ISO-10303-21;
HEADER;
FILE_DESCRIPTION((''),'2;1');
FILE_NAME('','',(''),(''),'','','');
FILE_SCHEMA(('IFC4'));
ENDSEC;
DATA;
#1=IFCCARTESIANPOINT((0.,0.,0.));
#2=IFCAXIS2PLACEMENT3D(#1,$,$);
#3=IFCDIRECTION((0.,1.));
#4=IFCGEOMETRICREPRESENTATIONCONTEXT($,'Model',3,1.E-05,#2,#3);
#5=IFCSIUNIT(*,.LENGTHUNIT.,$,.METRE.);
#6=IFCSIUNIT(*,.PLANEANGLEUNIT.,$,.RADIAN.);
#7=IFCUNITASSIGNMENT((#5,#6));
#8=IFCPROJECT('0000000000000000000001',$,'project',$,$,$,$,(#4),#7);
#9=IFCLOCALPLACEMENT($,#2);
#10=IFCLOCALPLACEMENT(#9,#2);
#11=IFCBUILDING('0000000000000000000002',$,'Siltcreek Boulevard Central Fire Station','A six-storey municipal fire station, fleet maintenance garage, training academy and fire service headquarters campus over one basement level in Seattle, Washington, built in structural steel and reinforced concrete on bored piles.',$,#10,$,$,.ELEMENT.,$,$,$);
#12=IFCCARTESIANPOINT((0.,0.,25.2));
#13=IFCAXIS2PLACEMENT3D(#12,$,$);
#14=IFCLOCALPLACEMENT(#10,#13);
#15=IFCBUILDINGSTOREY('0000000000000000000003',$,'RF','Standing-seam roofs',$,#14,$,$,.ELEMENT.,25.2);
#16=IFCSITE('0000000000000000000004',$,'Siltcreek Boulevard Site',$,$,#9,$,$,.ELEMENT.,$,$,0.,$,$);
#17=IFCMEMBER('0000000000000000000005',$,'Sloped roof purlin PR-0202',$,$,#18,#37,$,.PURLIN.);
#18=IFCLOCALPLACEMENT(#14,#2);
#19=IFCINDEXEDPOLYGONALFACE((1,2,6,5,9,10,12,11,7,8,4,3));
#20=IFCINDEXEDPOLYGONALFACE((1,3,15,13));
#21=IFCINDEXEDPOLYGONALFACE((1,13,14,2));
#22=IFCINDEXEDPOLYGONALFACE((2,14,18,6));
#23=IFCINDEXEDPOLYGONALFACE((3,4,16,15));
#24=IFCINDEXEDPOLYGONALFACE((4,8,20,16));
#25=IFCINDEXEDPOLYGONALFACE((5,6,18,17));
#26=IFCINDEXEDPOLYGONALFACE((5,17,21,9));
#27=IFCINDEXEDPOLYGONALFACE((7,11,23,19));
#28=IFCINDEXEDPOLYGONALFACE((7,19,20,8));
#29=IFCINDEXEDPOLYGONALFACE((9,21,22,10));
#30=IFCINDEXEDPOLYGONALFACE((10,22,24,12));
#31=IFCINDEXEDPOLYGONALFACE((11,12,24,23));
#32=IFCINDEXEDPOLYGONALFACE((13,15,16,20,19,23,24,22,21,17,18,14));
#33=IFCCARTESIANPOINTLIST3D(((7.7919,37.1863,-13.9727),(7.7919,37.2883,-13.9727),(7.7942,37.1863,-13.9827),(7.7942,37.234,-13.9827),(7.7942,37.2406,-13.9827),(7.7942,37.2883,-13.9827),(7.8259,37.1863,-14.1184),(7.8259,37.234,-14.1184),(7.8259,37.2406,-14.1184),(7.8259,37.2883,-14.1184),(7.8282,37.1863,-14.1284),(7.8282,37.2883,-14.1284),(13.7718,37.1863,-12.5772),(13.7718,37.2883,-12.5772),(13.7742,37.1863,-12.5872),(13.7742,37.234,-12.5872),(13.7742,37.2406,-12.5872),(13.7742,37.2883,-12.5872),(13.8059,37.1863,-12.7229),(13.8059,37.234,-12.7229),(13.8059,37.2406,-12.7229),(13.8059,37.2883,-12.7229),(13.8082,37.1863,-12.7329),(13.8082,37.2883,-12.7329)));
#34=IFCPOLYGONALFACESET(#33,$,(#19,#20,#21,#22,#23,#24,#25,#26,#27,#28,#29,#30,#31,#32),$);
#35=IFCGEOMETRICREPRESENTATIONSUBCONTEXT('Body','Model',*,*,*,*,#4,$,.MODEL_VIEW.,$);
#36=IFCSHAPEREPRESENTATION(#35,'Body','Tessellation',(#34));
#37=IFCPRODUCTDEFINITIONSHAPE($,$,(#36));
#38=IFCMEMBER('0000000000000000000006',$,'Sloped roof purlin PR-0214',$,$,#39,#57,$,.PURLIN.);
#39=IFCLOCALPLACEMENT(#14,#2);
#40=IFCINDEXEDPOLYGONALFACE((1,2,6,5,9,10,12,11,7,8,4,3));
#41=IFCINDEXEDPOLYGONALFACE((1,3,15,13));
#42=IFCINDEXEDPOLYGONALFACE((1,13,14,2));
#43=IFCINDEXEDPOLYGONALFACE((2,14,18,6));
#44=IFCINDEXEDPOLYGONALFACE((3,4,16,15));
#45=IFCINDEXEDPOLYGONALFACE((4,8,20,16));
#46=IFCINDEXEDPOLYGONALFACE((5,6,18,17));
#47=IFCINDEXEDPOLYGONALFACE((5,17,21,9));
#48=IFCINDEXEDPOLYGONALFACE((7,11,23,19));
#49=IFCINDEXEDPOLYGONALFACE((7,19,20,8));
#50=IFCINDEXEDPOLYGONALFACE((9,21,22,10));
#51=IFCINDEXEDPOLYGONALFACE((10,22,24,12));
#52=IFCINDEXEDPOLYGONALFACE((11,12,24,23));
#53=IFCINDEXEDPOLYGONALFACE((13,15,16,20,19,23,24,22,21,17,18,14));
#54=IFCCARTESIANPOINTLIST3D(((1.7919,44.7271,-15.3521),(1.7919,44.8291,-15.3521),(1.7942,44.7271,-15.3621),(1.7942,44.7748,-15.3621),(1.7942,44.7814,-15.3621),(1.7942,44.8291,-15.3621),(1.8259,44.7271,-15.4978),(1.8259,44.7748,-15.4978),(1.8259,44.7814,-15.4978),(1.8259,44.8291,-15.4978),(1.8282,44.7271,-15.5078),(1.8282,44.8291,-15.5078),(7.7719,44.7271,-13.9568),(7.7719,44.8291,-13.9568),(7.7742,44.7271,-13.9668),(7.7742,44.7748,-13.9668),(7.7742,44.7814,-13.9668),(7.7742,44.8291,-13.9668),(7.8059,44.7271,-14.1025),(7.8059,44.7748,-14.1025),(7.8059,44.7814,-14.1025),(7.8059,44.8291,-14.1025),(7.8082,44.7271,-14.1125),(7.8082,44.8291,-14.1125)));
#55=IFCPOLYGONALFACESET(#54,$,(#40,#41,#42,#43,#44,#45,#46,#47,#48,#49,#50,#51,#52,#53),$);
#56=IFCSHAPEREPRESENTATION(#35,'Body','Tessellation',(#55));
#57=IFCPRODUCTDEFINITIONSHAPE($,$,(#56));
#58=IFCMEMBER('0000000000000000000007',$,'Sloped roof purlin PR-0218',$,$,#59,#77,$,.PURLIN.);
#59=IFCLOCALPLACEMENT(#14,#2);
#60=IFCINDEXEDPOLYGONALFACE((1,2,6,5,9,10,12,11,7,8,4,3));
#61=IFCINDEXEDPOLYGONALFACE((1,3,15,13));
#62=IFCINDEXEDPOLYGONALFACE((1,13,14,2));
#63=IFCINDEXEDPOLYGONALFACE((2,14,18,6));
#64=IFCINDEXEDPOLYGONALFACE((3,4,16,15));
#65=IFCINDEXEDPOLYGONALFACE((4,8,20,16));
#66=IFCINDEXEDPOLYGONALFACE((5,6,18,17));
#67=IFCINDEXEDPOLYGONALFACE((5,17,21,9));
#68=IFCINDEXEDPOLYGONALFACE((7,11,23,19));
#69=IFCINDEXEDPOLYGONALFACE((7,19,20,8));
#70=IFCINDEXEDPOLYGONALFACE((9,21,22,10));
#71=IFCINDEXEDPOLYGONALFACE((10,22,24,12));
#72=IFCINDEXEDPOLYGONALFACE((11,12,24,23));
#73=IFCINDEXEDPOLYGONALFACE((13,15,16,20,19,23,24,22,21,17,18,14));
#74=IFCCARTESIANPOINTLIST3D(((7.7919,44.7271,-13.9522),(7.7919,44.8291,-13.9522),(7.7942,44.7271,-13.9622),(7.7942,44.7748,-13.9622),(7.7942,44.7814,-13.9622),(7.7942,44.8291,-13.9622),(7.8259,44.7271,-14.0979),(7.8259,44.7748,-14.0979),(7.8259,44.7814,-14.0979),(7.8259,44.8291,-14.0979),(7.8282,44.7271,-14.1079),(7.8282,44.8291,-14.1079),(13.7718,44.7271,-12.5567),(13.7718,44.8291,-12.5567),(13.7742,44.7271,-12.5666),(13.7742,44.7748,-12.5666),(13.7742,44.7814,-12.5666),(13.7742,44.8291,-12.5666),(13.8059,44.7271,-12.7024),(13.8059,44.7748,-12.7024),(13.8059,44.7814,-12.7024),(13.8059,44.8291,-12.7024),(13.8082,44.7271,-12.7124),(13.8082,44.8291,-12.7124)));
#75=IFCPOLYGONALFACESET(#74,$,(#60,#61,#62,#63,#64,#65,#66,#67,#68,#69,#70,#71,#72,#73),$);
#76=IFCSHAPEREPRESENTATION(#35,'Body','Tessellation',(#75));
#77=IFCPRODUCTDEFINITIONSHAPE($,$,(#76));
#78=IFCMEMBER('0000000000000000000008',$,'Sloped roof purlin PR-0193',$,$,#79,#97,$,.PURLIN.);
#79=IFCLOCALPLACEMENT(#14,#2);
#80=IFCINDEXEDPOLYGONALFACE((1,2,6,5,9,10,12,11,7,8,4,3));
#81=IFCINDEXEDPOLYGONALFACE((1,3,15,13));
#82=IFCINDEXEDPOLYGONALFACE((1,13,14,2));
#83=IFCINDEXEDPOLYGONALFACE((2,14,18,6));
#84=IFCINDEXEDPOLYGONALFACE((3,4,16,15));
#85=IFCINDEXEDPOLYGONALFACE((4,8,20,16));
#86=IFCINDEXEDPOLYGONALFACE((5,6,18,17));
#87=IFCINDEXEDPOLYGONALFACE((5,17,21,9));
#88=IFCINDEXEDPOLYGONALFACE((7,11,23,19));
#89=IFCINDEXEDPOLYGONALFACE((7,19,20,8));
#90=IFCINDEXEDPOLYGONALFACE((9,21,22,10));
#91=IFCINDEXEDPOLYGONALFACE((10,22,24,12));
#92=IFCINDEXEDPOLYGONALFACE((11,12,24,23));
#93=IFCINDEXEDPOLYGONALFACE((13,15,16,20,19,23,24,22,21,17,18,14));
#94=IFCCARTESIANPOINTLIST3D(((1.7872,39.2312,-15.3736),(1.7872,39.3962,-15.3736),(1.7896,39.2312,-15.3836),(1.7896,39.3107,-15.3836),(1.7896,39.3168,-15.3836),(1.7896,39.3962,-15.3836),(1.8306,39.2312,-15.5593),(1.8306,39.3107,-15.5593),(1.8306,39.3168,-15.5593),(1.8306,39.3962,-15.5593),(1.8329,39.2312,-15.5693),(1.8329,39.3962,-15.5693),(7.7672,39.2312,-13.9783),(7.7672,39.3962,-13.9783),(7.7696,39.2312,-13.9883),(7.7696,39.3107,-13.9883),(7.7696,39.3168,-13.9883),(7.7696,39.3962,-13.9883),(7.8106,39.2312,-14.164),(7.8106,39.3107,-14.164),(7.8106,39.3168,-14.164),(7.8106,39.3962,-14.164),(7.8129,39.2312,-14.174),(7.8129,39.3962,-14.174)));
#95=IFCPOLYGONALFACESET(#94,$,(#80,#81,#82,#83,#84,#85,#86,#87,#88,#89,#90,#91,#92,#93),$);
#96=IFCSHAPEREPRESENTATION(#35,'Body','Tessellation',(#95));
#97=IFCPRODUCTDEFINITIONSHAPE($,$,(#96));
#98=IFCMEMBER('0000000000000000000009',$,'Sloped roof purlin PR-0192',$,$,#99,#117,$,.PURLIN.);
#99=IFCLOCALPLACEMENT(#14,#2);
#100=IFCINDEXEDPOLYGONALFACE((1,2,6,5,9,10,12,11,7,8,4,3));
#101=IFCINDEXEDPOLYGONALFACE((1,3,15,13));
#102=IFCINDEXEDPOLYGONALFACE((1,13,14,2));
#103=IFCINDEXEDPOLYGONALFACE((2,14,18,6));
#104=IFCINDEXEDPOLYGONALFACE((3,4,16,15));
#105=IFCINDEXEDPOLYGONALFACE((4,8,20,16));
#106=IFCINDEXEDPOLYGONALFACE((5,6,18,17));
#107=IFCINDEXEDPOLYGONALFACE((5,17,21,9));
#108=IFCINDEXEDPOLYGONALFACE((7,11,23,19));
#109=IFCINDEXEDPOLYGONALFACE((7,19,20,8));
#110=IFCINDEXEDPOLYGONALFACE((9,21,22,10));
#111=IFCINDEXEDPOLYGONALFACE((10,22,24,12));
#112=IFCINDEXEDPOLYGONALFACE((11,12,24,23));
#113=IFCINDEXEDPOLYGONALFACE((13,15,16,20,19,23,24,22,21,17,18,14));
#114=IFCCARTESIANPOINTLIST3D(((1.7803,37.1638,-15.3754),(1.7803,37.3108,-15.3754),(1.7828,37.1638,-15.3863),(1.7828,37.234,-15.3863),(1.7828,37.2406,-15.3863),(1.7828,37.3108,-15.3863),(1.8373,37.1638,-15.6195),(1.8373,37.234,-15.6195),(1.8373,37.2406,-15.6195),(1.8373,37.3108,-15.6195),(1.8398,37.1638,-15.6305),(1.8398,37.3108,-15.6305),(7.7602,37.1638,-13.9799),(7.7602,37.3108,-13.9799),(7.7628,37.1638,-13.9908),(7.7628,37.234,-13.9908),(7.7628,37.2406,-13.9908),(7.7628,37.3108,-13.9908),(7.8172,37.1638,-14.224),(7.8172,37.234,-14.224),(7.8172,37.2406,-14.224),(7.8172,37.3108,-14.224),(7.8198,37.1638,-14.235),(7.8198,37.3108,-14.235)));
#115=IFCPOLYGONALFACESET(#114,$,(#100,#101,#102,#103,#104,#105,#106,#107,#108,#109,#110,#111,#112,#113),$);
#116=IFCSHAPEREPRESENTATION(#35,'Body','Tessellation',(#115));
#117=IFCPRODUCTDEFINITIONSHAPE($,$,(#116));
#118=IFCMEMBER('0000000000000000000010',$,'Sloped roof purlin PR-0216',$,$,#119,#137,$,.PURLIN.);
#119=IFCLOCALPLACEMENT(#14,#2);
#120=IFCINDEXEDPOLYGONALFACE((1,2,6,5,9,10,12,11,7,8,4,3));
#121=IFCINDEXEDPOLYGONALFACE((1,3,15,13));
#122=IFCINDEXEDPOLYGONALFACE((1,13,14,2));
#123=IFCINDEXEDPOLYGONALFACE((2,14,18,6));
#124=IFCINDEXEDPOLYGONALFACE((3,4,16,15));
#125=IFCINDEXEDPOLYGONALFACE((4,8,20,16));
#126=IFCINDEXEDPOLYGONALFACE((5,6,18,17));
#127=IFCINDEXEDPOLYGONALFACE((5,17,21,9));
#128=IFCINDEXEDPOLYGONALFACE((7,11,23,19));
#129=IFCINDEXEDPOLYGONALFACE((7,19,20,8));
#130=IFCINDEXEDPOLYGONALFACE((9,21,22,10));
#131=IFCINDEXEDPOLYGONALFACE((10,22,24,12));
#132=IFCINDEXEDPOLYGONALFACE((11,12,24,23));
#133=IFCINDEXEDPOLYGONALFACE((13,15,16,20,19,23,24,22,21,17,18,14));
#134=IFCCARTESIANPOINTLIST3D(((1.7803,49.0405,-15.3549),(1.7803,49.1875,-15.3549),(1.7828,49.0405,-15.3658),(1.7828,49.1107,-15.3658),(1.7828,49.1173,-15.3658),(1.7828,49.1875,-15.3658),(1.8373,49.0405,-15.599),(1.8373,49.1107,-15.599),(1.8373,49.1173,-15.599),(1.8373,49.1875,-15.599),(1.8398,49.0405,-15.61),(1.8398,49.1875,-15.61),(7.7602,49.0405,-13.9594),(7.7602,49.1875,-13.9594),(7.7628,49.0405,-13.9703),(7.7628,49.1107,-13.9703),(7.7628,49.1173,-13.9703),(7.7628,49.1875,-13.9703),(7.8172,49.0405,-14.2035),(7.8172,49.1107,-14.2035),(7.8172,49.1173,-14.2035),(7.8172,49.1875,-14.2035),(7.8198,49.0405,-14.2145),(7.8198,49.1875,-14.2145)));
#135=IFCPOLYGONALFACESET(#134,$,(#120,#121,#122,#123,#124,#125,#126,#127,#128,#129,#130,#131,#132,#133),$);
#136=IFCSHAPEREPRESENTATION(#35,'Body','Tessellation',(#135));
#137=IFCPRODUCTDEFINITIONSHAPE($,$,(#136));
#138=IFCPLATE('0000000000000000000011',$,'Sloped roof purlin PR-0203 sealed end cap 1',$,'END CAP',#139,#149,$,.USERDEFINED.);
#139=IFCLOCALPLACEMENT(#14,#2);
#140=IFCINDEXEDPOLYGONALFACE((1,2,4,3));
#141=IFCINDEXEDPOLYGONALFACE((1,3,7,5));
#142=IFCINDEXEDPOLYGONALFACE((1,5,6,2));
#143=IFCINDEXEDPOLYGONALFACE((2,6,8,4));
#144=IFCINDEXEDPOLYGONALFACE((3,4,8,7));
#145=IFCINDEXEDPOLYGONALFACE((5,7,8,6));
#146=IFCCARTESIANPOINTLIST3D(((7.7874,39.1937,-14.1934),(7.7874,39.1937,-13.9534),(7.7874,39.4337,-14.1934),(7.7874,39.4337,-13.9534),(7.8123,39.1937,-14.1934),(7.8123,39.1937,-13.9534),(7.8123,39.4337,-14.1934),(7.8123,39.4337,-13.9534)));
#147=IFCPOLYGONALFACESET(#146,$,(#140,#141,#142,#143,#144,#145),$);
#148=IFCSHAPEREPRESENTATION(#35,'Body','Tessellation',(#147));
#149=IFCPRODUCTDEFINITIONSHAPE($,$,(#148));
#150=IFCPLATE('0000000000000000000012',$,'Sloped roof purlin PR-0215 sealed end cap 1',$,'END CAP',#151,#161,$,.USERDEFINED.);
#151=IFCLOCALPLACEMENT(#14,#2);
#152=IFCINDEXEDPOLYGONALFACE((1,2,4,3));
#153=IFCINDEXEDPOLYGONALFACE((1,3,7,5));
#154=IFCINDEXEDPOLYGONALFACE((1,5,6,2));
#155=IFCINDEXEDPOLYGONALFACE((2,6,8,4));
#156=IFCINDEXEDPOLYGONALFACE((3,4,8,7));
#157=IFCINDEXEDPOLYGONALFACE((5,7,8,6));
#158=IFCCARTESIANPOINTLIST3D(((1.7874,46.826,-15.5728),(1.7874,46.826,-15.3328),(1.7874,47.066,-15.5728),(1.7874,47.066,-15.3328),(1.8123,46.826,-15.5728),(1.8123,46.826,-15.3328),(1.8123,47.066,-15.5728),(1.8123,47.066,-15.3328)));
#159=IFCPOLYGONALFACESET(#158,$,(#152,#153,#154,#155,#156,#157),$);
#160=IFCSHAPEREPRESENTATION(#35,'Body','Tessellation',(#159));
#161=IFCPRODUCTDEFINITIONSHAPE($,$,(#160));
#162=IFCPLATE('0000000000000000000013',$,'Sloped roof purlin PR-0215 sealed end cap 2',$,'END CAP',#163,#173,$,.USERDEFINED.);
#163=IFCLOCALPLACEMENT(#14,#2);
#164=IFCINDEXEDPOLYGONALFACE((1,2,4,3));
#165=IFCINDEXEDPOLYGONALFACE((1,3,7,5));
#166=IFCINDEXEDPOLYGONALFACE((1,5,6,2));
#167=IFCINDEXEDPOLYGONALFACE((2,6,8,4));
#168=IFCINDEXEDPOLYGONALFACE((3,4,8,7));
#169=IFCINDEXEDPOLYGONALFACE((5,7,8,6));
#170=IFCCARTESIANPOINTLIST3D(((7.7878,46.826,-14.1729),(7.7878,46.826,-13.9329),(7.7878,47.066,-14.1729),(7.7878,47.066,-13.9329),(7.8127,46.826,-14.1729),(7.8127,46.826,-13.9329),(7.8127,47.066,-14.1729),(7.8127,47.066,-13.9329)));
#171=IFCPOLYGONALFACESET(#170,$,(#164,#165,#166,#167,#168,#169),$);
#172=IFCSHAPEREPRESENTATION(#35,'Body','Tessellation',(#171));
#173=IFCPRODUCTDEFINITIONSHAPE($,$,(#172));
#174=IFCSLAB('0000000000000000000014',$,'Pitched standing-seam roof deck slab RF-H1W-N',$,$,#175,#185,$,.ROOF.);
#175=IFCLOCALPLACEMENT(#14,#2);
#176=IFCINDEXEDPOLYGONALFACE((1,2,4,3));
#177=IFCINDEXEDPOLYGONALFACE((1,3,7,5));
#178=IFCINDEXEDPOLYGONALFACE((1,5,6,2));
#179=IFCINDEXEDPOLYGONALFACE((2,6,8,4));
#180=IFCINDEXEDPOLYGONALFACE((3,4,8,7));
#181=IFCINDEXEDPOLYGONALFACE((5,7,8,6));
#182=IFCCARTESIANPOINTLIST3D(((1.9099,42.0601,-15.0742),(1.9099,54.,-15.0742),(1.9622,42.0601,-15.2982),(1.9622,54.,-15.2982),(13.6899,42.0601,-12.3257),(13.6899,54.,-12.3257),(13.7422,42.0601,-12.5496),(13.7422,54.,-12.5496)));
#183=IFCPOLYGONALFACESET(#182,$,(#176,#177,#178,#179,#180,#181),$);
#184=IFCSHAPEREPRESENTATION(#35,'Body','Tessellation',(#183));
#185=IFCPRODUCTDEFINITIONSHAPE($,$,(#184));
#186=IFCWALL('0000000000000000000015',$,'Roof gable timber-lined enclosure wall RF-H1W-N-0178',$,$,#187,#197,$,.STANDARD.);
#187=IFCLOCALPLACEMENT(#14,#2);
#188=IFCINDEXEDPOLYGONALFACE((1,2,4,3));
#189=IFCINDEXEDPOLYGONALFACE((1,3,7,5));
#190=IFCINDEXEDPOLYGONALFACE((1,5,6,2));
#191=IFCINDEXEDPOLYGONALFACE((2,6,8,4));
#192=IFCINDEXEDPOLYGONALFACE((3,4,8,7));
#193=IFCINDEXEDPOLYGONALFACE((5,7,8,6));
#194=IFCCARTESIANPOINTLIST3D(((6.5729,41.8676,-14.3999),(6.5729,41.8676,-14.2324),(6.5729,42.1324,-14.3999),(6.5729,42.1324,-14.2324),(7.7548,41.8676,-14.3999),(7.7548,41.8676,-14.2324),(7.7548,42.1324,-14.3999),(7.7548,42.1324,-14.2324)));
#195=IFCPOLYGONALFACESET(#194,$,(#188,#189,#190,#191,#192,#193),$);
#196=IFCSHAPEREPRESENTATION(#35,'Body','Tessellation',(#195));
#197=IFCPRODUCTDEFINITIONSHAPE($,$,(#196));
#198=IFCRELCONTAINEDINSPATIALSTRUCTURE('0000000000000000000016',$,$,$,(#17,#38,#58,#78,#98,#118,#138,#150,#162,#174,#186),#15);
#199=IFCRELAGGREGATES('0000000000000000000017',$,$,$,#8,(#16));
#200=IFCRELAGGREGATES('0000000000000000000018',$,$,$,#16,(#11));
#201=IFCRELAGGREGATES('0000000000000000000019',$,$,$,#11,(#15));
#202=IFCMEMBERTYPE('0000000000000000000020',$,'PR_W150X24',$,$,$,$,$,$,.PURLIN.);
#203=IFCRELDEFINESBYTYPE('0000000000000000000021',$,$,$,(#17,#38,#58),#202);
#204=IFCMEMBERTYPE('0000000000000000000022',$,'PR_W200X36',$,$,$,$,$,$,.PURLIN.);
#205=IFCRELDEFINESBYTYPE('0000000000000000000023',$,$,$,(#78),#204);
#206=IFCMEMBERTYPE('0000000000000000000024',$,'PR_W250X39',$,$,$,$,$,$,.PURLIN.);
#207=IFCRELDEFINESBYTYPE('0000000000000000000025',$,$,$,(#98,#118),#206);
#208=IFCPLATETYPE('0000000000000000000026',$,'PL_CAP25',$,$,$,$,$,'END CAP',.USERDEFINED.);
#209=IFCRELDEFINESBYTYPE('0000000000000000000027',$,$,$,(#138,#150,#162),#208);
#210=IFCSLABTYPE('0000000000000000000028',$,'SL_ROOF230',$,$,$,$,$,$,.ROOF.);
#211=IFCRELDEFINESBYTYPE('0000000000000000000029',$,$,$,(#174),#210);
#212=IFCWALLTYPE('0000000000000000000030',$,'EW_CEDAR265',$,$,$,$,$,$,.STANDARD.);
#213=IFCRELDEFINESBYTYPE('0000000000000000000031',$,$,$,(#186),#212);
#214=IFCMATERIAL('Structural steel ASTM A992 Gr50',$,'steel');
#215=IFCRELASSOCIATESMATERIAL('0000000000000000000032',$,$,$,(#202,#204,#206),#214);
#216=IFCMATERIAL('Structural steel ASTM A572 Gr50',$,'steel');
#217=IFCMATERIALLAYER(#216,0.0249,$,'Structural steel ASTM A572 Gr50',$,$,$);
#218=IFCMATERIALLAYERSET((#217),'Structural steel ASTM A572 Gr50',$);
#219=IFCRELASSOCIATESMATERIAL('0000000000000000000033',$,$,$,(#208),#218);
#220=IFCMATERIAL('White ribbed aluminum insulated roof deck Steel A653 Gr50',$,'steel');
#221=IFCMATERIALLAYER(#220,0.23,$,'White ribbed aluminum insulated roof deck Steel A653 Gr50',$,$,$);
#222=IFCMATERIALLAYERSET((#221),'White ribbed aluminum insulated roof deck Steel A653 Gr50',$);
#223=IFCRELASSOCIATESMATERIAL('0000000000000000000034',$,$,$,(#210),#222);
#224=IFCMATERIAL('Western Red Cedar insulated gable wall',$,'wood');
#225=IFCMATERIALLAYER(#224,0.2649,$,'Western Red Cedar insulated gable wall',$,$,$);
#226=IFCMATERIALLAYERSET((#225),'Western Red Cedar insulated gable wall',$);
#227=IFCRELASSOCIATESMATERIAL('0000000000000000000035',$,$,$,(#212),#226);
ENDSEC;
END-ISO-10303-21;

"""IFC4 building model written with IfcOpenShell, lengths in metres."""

from ifc_helpers import new_model, si_unit, direction, frame, frame_2d, origin, origin_2d, place, context, subcontext, project, spatial, polyline, rectangle, i_section, outline, extrude, material, layer, layer_set, material_profile, profile_set, type_object, element, save


model = new_model("IFC4")

# Units and contexts
model_context = context("Model", 3, precision=1e-05, world=origin(), true_north=direction((0.0, 1.0)))
body_context = subcontext(model_context, "Body", "Model", "MODEL_VIEW")
ifc_project = project(units=[si_unit("LENGTHUNIT", "METRE"), si_unit("PLANEANGLEUNIT", "RADIAN")], contexts=[model_context])

# Site, building, storey
site_placement = place(None, origin())
site = spatial("IfcSite", under=ifc_project, at=site_placement, Name="Siltcreek Boulevard Site", CompositionType="ELEMENT", RefElevation=0.0)
building_placement = place(site_placement, origin())
building = spatial("IfcBuilding", under=site, at=building_placement, Name="Siltcreek Boulevard Central Fire Station", Description="A six-storey municipal fire station, fleet maintenance garage, training academy and fire service headquarters campus over one basement level in Seattle, Washington, built in structural steel and reinforced concrete on bored piles.", CompositionType="ELEMENT")
storey_placement = place(building_placement, frame((0.0, 0.0, 25.2)))
storey = spatial("IfcBuildingStorey", under=building, at=storey_placement, Name="RF", Description="Standing-seam roofs", CompositionType="ELEMENT", Elevation=25.2)

# Shared definitions
ifc_material_1 = material(Name="Structural steel ASTM A992 Gr50", Category="steel")

# Members
ifc_material_profile_1 = material_profile(ifc_material_1, i_section(OverallWidth=0.1021, OverallDepth=0.1599, WebThickness=0.0066, FlangeThickness=0.0103, at=origin_2d()), Name="W150X24")
ifc_profile_set_1 = profile_set([ifc_material_profile_1], Name="Structural steel ASTM A992 Gr50")
member_type_1 = type_object("IfcMemberType", Name="PR_W150X24", PredefinedType="PURLIN", material=ifc_profile_set_1)
for number, where, z_axis, x_axis, name in (
    (1, (7.8101, 37.2373, -14.0505), (0.973835, 0.0, 0.227257), (0.0, 1.0, 0.0), "Sloped roof purlin PR-0202"),
    (2, (1.8101, 44.7781, -15.4299), (0.973844, 0.0, 0.22722), (0.0, 1.0, 0.0), "Sloped roof purlin PR-0214"),
    (3, (7.8101, 44.7781, -14.03), (0.973835, 0.0, 0.227257), (0.0, 1.0, 0.0), "Sloped roof purlin PR-0218"),
):
    element("IfcMember", number, at=place(storey_placement, frame(where, z_axis=z_axis, x_axis=x_axis)), inside=storey, type_object=member_type_1, Name=name, PredefinedType="PURLIN", context=body_context, shape_type="SweptSolid", body=[
        extrude(i_section(OverallWidth=0.1021, OverallDepth=0.1599, WebThickness=0.0066, FlangeThickness=0.0103, at=origin_2d()), origin(), (0.0, 0.0, 1.0), 6.1406),
    ])
ifc_material_profile_2 = material_profile(ifc_material_1, i_section(OverallWidth=0.165, OverallDepth=0.2009, WebThickness=0.0061, FlangeThickness=0.0103, at=origin_2d()), Name="W200X36")
ifc_profile_set_2 = profile_set([ifc_material_profile_2], Name="Structural steel ASTM A992 Gr50")
member_type_2 = type_object("IfcMemberType", Name="PR_W200X36", PredefinedType="PURLIN", material=ifc_profile_set_2)
member_1_placement = place(storey_placement, frame((1.8101, 39.3137, -15.4714), z_axis=(0.973844, 0.0, 0.22722), x_axis=(0.0, 1.0, 0.0)))
element("IfcMember", 4, at=member_1_placement, inside=storey, type_object=member_type_2, Name="Sloped roof purlin PR-0193", PredefinedType="PURLIN", context=body_context, shape_type="SweptSolid", body=[
    extrude(i_section(OverallWidth=0.165, OverallDepth=0.2009, WebThickness=0.0061, FlangeThickness=0.0103, at=origin_2d()), origin(), (0.0, 0.0, 1.0), 6.1406),
])
ifc_material_profile_3 = material_profile(ifc_material_1, i_section(OverallWidth=0.147, OverallDepth=0.262, WebThickness=0.0066, FlangeThickness=0.0112, at=origin_2d()), Name="W250X39")
ifc_profile_set_3 = profile_set([ifc_material_profile_3], Name="Structural steel ASTM A992 Gr50")
member_type_3 = type_object("IfcMemberType", Name="PR_W250X39", PredefinedType="PURLIN", material=ifc_profile_set_3)
for number, where, z_axis, x_axis, name in (
    (5, (1.8101, 37.2373, -15.5029), (0.973835, 0.0, 0.227257), (0.0, 1.0, 0.0), "Sloped roof purlin PR-0192"),
    (6, (1.8101, 49.114, -15.4824), (0.973835, 0.0, 0.227257), (0.0, 1.0, 0.0), "Sloped roof purlin PR-0216"),
):
    element("IfcMember", number, at=place(storey_placement, frame(where, z_axis=z_axis, x_axis=x_axis)), inside=storey, type_object=member_type_3, Name=name, PredefinedType="PURLIN", context=body_context, shape_type="SweptSolid", body=[
        extrude(i_section(OverallWidth=0.147, OverallDepth=0.262, WebThickness=0.0066, FlangeThickness=0.0112, at=origin_2d()), origin(), (0.0, 0.0, 1.0), 6.1406),
    ])

# Plates
ifc_material_2 = material(Name="Structural steel ASTM A572 Gr50", Category="steel")
ifc_layer_1 = layer(ifc_material_2, 0.0249, Name="Structural steel ASTM A572 Gr50")
ifc_layer_set_1 = layer_set([ifc_layer_1], Name="Structural steel ASTM A572 Gr50")
plate_type = type_object("IfcPlateType", Name="PL_CAP25", ElementType="END CAP", PredefinedType="USERDEFINED", material=ifc_layer_set_1)
for number, where, z_axis, x_axis, name in (
    (7, (7.7998, 39.3137, -14.1934), (0.0, 0.0, 1.0), (1.0, 0.0, 0.0), "Sloped roof purlin PR-0203 sealed end cap 1"),
    (8, (1.7998, 46.946, -15.5728), (0.0, 0.0, 1.0), (1.0, 0.0, 0.0), "Sloped roof purlin PR-0215 sealed end cap 1"),
    (9, (7.8003, 46.946, -14.1729), (0.0, 0.0, 1.0), (1.0, 0.0, 0.0), "Sloped roof purlin PR-0215 sealed end cap 2"),
):
    element("IfcPlate", number, at=place(storey_placement, frame(where, z_axis=z_axis, x_axis=x_axis)), inside=storey, type_object=plate_type, Name=name, ObjectType="END CAP", PredefinedType="USERDEFINED", context=body_context, shape_type="SweptSolid", body=[
        extrude(rectangle(XDim=0.0249, YDim=0.24, at=origin_2d()), origin(), (0.0, 0.0, 1.0), 0.24),
    ])

# Slab
ifc_material_3 = material(Name="White ribbed aluminum insulated roof deck Steel A653 Gr50", Category="steel")
ifc_layer_2 = layer(ifc_material_3, 0.23, Name="White ribbed aluminum insulated roof deck Steel A653 Gr50")
ifc_layer_set_2 = layer_set([ifc_layer_2], Name="White ribbed aluminum insulated roof deck Steel A653 Gr50")
slab_type = type_object("IfcSlabType", Name="SL_ROOF230", PredefinedType="ROOF", material=ifc_layer_set_2)
slab_placement = place(storey_placement, frame((1.9099, 42.0601, -15.0742), z_axis=(-0.227219, 0.0, 0.973844), x_axis=(0.973844, 0.0, 0.227219)))
element("IfcSlab", 10, at=slab_placement, inside=storey, type_object=slab_type, Name="Pitched standing-seam roof deck slab RF-H1W-N", PredefinedType="ROOF", context=body_context, shape_type="SweptSolid", body=[
    extrude(outline(polyline([(0.0, 0.0), (12.0964, 0.0), (12.0964, 11.9399), (0.0, 11.9399), (0.0, 0.0)])), origin(), (0.0, 0.0, -1.0), 0.23),
])

# Wall
ifc_material_4 = material(Name="Western Red Cedar insulated gable wall", Category="wood")
ifc_layer_3 = layer(ifc_material_4, 0.2649, Name="Western Red Cedar insulated gable wall")
ifc_layer_set_3 = layer_set([ifc_layer_3], Name="Western Red Cedar insulated gable wall")
wall_type = type_object("IfcWallType", Name="EW_CEDAR265", PredefinedType="STANDARD", material=ifc_layer_set_3)
for number, where, z_axis, x_axis, name in (
    (11, (6.573, 42.0, -14.3999), (0.0, 0.0, 1.0), (1.0, 0.0, 0.0), "Roof gable timber-lined enclosure wall RF-H1W-N-0178"),
):
    element("IfcWall", number, at=place(storey_placement, frame(where, z_axis=z_axis, x_axis=x_axis)), inside=storey, type_object=wall_type, Name=name, PredefinedType="STANDARD", context=body_context, shape_type="SweptSolid", body=[
        extrude(rectangle(XDim=1.1819, YDim=0.2649, at=frame_2d((0.5908, 0.0))), origin(), (0.0, 0.0, 1.0), 0.1675),
    ])

save(model, "model.ifc")
